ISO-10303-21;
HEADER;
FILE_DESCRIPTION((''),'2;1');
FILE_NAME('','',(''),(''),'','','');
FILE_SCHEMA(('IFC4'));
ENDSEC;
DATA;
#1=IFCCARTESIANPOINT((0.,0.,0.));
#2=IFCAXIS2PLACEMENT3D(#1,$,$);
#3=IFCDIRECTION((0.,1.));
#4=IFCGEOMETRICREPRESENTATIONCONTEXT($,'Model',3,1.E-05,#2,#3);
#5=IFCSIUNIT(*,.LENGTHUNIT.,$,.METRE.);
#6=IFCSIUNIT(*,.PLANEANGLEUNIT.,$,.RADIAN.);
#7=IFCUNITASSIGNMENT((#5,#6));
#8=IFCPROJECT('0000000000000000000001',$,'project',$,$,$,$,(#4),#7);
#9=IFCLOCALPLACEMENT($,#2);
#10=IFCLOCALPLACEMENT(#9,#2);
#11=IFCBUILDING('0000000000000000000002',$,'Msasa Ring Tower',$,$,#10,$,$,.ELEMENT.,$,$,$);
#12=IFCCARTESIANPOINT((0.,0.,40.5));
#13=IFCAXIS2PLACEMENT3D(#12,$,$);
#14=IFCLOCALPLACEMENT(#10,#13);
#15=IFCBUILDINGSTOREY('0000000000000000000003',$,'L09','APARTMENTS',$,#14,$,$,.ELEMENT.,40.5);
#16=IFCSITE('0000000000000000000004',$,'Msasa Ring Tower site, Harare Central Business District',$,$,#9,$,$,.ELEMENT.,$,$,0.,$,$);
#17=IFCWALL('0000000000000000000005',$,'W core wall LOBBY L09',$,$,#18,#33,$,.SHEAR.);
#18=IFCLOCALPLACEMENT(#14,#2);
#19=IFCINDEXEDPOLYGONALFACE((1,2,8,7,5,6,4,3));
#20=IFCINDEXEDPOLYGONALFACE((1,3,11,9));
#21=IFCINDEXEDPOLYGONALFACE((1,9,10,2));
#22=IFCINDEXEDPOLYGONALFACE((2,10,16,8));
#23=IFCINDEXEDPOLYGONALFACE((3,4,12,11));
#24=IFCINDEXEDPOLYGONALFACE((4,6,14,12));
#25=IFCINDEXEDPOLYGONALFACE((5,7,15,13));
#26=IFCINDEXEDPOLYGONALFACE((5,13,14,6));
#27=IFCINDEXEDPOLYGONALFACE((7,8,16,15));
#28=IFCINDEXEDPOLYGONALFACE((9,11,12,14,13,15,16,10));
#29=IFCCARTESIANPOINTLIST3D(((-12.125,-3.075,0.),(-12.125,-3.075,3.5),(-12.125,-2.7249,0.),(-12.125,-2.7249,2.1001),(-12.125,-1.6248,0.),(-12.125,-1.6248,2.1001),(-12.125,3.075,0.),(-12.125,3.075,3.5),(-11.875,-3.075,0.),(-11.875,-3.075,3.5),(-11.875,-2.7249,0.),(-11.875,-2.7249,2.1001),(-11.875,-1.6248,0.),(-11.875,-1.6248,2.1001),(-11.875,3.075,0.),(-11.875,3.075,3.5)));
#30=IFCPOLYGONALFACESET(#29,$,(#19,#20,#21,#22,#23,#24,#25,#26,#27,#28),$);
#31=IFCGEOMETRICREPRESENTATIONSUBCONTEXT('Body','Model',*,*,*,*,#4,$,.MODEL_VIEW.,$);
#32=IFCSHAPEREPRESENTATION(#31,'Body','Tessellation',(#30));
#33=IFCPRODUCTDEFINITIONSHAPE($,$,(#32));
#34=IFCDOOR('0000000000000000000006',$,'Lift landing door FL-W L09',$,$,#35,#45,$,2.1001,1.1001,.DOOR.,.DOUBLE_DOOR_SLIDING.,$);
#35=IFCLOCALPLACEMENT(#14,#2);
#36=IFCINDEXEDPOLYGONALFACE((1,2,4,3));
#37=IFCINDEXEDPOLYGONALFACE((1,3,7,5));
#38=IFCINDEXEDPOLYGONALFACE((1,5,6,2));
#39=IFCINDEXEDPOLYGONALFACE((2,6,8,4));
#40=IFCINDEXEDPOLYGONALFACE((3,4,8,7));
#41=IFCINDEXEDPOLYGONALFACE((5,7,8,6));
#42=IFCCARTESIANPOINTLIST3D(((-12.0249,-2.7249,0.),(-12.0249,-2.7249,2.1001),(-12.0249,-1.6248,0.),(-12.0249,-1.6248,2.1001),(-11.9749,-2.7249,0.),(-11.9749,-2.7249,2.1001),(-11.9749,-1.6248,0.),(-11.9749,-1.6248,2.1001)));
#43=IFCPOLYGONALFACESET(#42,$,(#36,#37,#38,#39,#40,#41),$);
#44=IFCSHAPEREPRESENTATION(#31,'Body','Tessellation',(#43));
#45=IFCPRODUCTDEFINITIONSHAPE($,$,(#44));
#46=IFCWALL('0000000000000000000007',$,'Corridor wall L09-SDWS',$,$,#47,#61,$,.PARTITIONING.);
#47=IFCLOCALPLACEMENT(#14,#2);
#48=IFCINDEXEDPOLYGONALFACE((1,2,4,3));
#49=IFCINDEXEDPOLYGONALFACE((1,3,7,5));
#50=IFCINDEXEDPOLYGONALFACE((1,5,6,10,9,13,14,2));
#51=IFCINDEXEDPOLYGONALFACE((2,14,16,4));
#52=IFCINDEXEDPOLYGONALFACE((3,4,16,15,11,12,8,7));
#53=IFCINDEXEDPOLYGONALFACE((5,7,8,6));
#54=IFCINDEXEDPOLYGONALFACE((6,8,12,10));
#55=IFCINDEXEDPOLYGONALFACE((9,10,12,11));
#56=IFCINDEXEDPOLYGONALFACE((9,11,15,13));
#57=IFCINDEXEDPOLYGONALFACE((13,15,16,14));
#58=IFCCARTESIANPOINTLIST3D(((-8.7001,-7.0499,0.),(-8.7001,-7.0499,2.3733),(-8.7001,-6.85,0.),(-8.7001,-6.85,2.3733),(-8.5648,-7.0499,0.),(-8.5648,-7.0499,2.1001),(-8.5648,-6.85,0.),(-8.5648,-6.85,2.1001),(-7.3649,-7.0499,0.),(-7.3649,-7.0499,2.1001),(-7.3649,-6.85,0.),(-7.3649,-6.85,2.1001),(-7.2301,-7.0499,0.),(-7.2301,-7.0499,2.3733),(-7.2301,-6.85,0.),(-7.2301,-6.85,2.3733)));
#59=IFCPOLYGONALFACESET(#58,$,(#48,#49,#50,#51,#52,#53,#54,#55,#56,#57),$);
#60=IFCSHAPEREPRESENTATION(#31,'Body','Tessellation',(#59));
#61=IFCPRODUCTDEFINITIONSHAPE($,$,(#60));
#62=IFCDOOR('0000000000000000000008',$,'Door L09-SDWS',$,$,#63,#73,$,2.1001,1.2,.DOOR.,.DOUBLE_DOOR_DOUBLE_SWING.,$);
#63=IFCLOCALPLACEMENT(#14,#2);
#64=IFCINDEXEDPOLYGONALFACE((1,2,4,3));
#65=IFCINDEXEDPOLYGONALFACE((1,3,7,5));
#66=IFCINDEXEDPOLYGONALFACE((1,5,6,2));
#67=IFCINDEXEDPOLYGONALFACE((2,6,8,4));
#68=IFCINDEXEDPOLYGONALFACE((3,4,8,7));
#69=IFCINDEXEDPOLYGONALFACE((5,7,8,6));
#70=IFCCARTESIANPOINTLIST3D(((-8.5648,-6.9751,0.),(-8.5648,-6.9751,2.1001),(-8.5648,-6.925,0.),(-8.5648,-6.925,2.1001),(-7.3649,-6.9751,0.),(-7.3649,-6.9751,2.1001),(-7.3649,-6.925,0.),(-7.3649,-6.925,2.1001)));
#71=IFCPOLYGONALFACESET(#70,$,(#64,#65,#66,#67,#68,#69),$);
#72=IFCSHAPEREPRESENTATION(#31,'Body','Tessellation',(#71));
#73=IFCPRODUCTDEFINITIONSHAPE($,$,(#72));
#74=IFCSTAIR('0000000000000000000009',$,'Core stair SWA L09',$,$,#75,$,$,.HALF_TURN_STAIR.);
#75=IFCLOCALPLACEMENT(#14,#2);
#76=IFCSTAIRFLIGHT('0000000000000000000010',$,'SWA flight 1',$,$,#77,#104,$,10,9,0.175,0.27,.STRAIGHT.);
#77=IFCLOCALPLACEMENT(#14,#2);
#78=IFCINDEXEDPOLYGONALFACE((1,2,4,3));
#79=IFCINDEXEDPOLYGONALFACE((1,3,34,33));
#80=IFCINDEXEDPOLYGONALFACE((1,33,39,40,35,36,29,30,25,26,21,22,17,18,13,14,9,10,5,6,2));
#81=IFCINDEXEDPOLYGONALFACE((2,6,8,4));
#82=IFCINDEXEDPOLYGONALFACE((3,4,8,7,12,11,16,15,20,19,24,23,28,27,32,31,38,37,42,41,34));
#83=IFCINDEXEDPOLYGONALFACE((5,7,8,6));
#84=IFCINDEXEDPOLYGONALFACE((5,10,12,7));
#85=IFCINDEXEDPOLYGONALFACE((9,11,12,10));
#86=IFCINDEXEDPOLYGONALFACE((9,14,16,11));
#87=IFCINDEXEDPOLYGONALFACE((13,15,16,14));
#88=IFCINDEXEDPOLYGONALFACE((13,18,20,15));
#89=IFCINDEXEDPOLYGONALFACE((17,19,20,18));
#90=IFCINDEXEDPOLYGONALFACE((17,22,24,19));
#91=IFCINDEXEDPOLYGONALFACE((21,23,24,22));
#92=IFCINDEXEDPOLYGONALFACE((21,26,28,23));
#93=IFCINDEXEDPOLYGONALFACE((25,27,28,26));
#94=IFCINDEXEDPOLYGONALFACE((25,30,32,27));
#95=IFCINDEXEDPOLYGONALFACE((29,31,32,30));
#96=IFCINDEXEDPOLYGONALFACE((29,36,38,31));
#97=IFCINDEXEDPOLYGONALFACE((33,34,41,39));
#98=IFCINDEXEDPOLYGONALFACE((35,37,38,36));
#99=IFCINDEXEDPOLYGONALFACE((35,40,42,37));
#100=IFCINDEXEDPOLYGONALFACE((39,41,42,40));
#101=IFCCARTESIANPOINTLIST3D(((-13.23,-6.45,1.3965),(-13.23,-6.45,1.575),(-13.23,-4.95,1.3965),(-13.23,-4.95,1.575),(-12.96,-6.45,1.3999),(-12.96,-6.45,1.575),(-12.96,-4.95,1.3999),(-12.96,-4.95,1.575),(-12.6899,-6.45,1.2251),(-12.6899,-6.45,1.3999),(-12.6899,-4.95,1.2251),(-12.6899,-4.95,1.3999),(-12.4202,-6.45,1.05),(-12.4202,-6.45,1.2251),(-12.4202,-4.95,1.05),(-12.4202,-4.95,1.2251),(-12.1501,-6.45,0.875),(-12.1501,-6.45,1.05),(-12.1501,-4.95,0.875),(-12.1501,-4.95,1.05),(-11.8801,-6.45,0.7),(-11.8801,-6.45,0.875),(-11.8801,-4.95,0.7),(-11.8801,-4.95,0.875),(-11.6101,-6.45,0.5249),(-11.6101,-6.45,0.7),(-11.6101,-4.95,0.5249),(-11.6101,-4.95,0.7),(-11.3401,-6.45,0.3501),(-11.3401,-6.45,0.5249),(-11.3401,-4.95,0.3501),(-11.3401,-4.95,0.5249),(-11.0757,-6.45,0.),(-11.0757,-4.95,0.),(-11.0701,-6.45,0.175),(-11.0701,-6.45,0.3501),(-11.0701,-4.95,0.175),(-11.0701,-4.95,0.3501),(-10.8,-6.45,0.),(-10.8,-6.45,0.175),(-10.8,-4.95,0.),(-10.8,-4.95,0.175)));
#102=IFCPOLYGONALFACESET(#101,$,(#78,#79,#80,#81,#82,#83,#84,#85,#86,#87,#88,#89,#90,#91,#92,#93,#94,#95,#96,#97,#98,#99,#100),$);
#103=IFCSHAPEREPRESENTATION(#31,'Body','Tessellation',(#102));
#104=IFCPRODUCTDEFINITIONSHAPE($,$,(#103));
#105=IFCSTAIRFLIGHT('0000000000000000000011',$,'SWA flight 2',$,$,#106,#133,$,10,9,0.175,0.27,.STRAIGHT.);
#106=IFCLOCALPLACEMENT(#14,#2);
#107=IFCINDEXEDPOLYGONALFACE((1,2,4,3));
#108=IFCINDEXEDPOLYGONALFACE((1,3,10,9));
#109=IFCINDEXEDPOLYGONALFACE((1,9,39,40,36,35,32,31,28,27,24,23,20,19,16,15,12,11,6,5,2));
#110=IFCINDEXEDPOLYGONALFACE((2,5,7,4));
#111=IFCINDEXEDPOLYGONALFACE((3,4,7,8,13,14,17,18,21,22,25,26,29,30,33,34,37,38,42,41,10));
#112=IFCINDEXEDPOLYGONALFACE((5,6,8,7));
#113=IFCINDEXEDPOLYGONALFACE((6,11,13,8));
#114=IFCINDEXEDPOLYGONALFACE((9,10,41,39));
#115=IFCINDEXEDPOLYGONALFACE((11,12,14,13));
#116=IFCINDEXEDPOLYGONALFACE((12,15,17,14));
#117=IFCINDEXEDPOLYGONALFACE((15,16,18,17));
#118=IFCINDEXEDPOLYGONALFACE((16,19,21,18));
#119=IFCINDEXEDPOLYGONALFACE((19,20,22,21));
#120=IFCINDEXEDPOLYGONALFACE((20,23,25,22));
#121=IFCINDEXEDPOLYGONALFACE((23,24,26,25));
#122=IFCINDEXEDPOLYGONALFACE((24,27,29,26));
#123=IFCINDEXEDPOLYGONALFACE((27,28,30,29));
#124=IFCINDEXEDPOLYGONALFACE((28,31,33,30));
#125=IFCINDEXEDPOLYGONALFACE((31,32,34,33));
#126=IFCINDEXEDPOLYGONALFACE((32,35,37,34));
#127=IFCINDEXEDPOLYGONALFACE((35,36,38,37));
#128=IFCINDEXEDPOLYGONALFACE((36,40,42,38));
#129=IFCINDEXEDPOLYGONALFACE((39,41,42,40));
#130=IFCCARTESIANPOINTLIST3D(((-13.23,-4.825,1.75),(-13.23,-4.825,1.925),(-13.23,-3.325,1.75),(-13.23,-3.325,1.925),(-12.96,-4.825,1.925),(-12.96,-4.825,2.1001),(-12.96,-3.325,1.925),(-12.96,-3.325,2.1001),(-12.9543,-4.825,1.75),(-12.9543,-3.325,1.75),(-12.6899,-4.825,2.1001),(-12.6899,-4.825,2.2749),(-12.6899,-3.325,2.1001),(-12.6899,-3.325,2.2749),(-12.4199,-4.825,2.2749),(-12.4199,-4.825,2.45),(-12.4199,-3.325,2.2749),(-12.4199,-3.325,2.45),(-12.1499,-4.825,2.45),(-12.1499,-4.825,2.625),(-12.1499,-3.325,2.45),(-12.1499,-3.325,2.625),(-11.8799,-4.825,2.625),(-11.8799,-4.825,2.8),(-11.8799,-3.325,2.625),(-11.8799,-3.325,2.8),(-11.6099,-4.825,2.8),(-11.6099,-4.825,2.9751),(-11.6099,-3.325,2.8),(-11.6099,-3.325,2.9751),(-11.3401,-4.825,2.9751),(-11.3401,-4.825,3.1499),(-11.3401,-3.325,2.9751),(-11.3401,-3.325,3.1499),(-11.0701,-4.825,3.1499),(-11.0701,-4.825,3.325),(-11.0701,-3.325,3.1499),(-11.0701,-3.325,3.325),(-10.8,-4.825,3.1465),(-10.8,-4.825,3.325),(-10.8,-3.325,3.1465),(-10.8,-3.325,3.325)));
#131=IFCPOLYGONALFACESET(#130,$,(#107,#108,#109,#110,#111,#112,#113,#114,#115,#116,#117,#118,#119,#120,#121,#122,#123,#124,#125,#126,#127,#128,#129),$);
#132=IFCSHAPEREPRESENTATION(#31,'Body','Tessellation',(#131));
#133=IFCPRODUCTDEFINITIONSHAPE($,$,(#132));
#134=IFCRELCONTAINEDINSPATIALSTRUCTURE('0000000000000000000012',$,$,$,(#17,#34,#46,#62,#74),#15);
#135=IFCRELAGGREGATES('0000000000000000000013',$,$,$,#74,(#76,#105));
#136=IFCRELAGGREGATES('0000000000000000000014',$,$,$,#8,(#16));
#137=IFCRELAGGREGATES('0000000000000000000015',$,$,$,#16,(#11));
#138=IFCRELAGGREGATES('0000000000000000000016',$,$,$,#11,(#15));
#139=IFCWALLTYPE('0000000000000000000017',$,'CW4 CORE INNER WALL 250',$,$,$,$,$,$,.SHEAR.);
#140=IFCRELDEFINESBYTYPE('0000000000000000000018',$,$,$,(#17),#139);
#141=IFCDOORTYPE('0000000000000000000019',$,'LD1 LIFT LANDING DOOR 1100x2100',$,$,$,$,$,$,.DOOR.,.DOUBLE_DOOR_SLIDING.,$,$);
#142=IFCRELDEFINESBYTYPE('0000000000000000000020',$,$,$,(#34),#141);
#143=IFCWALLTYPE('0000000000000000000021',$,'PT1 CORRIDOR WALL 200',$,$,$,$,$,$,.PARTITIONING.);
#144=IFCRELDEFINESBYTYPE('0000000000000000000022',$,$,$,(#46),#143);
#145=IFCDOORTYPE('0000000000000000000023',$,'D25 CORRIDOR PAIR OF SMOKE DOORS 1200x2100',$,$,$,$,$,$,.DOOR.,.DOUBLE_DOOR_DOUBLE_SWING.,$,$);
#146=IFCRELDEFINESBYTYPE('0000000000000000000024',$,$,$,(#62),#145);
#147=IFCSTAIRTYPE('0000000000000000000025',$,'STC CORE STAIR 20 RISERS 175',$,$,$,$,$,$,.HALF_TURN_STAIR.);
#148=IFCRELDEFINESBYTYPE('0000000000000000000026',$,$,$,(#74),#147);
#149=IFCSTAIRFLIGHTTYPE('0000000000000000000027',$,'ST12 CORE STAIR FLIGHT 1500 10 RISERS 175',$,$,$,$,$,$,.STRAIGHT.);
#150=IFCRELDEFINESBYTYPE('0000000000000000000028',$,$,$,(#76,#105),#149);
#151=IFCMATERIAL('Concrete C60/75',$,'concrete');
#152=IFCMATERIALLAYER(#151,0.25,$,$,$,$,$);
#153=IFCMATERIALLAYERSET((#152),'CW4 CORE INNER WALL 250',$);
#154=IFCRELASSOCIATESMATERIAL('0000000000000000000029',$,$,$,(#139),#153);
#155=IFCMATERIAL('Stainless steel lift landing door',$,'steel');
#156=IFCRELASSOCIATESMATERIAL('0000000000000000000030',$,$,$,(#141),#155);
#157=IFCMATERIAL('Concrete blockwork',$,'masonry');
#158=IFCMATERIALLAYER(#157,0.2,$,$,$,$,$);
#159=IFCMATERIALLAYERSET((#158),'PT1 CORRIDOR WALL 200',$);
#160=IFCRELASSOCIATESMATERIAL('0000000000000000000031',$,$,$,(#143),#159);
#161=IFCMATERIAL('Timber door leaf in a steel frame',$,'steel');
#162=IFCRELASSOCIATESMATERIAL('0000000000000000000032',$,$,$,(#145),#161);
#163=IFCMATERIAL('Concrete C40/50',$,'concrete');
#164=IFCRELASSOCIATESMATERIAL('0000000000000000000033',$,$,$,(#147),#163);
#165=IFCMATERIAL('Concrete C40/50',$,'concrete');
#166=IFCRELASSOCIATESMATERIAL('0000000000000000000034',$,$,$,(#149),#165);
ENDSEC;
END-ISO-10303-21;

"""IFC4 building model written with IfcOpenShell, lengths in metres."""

from ifc_helpers import new_model, si_unit, direction, frame, frame_2d, origin, place, context, subcontext, project, spatial, polyline, rectangle, outline, extrude, material, layer, layer_set, type_object, element, fill, aggregate, save


model = new_model("IFC4")

# Units and contexts
model_context = context("Model", 3, precision=1e-05, world=origin(), true_north=direction((0.0, 1.0)))
body_context = subcontext(model_context, "Body", "Model", "MODEL_VIEW")
ifc_project = project(units=[si_unit("LENGTHUNIT", "METRE"), si_unit("PLANEANGLEUNIT", "RADIAN")], contexts=[model_context])

# Site, building, storey
site_placement = place(None, origin())
site = spatial("IfcSite", under=ifc_project, at=site_placement, Name="Msasa Ring Tower site, Harare Central Business District", CompositionType="ELEMENT", RefElevation=0.0)
building_placement = place(site_placement, origin())
building = spatial("IfcBuilding", under=site, at=building_placement, Name="Msasa Ring Tower", CompositionType="ELEMENT")
storey_placement = place(building_placement, frame((0.0, 0.0, 40.5)))
storey = spatial("IfcBuildingStorey", under=building, at=storey_placement, Name="L09", Description="APARTMENTS", CompositionType="ELEMENT", Elevation=40.5)

# Walls, openings, doors
ifc_material_1 = material(Name="Concrete C60/75", Category="concrete")
ifc_layer_1 = layer(ifc_material_1, 0.25)
ifc_layer_set_1 = layer_set([ifc_layer_1], Name="CW4 CORE INNER WALL 250")
wall_type_1 = type_object("IfcWallType", Name="CW4 CORE INNER WALL 250", PredefinedType="SHEAR", material=ifc_layer_set_1)
wall_1_placement = place(storey_placement, frame((-12.0, -3.075, 0.0), z_axis=(0.0, 0.0, 1.0), x_axis=(0.0, 1.0, 0.0)))
wall_1 = element("IfcWall", 1, at=wall_1_placement, inside=storey, type_object=wall_type_1, Name="W core wall LOBBY L09", PredefinedType="SHEAR", context=body_context, shape_type="SweptSolid", body=[
    extrude(rectangle(XDim=6.1499, YDim=0.25, at=frame_2d((3.075, 0.0))), origin(), (0.0, 0.0, 1.0), 3.5),
])
opening_1_placement = place(wall_1_placement, frame((0.3501, 0.0, 0.0)))
opening_1 = element("IfcOpeningElement", 2, at=opening_1_placement, cuts=wall_1, PredefinedType="OPENING", context=body_context, shape_type="SweptSolid", body=[
    extrude(rectangle(XDim=1.1001, YDim=2.1001, at=frame_2d((0.55, 1.05))), frame((0.0, 0.135, 0.0), z_axis=(0.0, -1.0, 0.0), x_axis=(1.0, 0.0, 0.0)), (0.0, 0.0, 1.0), 0.27),
])
ifc_material_2 = material(Name="Stainless steel lift landing door", Category="steel")
door_type_1 = type_object("IfcDoorType", Name="LD1 LIFT LANDING DOOR 1100x2100", OperationType="DOUBLE_DOOR_SLIDING", PredefinedType="DOOR", material=ifc_material_2)
door_1_placement = place(opening_1_placement, origin())
door_1 = element("IfcDoor", 3, at=door_1_placement, inside=storey, type_object=door_type_1, Name="Lift landing door FL-W L09", OperationType="DOUBLE_DOOR_SLIDING", OverallHeight=2.1001, OverallWidth=1.1001, PredefinedType="DOOR", context=body_context, shape_type="SweptSolid", body=[
    extrude(rectangle(XDim=1.1001, YDim=2.1001, at=frame_2d((0.55, 1.05))), frame((0.0, 0.0249, 0.0), z_axis=(0.0, -1.0, 0.0), x_axis=(1.0, 0.0, 0.0)), (0.0, 0.0, 1.0), 0.05),
])
fill(opening_1, door_1)
ifc_material_3 = material(Name="Concrete blockwork", Category="masonry")
ifc_layer_2 = layer(ifc_material_3, 0.2)
ifc_layer_set_2 = layer_set([ifc_layer_2], Name="PT1 CORRIDOR WALL 200")
wall_type_2 = type_object("IfcWallType", Name="PT1 CORRIDOR WALL 200", PredefinedType="PARTITIONING", material=ifc_layer_set_2)
wall_2_placement = place(storey_placement, frame((-8.7, -6.95, 0.0), z_axis=(0.0, 0.0, 1.0), x_axis=(1.0, 0.0, 0.0)))
wall_2 = element("IfcWall", 4, at=wall_2_placement, inside=storey, type_object=wall_type_2, Name="Corridor wall L09-SDWS", PredefinedType="PARTITIONING", context=body_context, shape_type="SweptSolid", body=[
    extrude(rectangle(XDim=1.47, YDim=0.2, at=frame_2d((0.7349, 0.0))), origin(), (0.0, 0.0, 1.0), 2.3733),
])
opening_2_placement = place(wall_2_placement, frame((0.135, 0.0, 0.0)))
opening_2 = element("IfcOpeningElement", 5, at=opening_2_placement, cuts=wall_2, PredefinedType="OPENING", context=body_context, shape_type="SweptSolid", body=[
    extrude(rectangle(XDim=1.2, YDim=2.1001, at=frame_2d((0.6001, 1.05))), frame((0.0, 0.1099, 0.0), z_axis=(0.0, -1.0, 0.0), x_axis=(1.0, 0.0, 0.0)), (0.0, 0.0, 1.0), 0.22),
])
ifc_material_4 = material(Name="Timber door leaf in a steel frame", Category="steel")
door_type_2 = type_object("IfcDoorType", Name="D25 CORRIDOR PAIR OF SMOKE DOORS 1200x2100", OperationType="DOUBLE_DOOR_DOUBLE_SWING", PredefinedType="DOOR", material=ifc_material_4)
door_2_placement = place(opening_2_placement, origin())
door_2 = element("IfcDoor", 6, at=door_2_placement, inside=storey, type_object=door_type_2, Name="Door L09-SDWS", OperationType="DOUBLE_DOOR_DOUBLE_SWING", OverallHeight=2.1001, OverallWidth=1.2, PredefinedType="DOOR", context=body_context, shape_type="SweptSolid", body=[
    extrude(rectangle(XDim=1.2, YDim=2.1001, at=frame_2d((0.6001, 1.05))), frame((0.0, 0.0249, 0.0), z_axis=(0.0, -1.0, 0.0), x_axis=(1.0, 0.0, 0.0)), (0.0, 0.0, 1.0), 0.05),
])
fill(opening_2, door_2)

# Stair, stair flights
ifc_material_5 = material(Name="Concrete C40/50", Category="concrete")
stair_type = type_object("IfcStairType", Name="STC CORE STAIR 20 RISERS 175", PredefinedType="HALF_TURN_STAIR", material=ifc_material_5)
stair_placement = place(storey_placement, origin())
stair = element("IfcStair", 7, at=stair_placement, inside=storey, type_object=stair_type, Name="Core stair SWA L09", PredefinedType="HALF_TURN_STAIR")
ifc_material_6 = material(Name="Concrete C40/50", Category="concrete")
stair_flight_type = type_object("IfcStairFlightType", Name="ST12 CORE STAIR FLIGHT 1500 10 RISERS 175", PredefinedType="STRAIGHT", material=ifc_material_6)
stair_flight_1_placement = place(storey_placement, frame((-10.8, -5.7, 0.0), z_axis=(0.0, 0.0, 1.0), x_axis=(-1.0, 0.0, 0.0)))
stair_flight_1 = element("IfcStairFlight", 8, at=stair_flight_1_placement, type_object=stair_flight_type, Name="SWA flight 1", NumberOfRisers=10, NumberOfTreads=9, PredefinedType="STRAIGHT", RiserHeight=0.175, TreadLength=0.27, context=body_context, shape_type="SweptSolid", body=[
    extrude(outline(polyline([(0.0, 0.0), (0.0, 0.175), (0.27, 0.175), (0.27, 0.3501), (0.54, 0.3501), (0.54, 0.5249), (0.8101, 0.5249), (0.8101, 0.7), (1.0801, 0.7), (1.0801, 0.875), (1.3501, 0.875), (1.3501, 1.05), (1.6201, 1.05), (1.6201, 1.2251), (1.8899, 1.2251), (1.8899, 1.3999), (2.1599, 1.3999), (2.1599, 1.575), (2.4299, 1.575), (2.4299, 1.75), (2.4299, 1.3965), (0.2756, 0.0), (0.0, 0.0)])), frame((0.0, 0.75, 0.0), z_axis=(0.0, -1.0, 0.0), x_axis=(1.0, 0.0, 0.0)), (0.0, 0.0, 1.0), 1.5),
])
stair_flight_2_placement = place(storey_placement, frame((-13.23, -4.075, 1.75), z_axis=(0.0, 0.0, 1.0), x_axis=(1.0, 0.0, 0.0)))
stair_flight_2 = element("IfcStairFlight", 9, at=stair_flight_2_placement, type_object=stair_flight_type, Name="SWA flight 2", NumberOfRisers=10, NumberOfTreads=9, PredefinedType="STRAIGHT", RiserHeight=0.175, TreadLength=0.27, context=body_context, shape_type="SweptSolid", body=[
    extrude(outline(polyline([(0.0, 0.0), (0.0, 0.175), (0.27, 0.175), (0.27, 0.3501), (0.54, 0.3501), (0.54, 0.5249), (0.8101, 0.5249), (0.8101, 0.7), (1.0801, 0.7), (1.0801, 0.875), (1.3501, 0.875), (1.3501, 1.05), (1.6201, 1.05), (1.6201, 1.2251), (1.8899, 1.2251), (1.8899, 1.3999), (2.1599, 1.3999), (2.1599, 1.575), (2.4299, 1.575), (2.4299, 1.75), (2.4299, 1.3965), (0.2756, 0.0), (0.0, 0.0)])), frame((0.0, 0.75, 0.0), z_axis=(0.0, -1.0, 0.0), x_axis=(1.0, 0.0, 0.0)), (0.0, 0.0, 1.0), 1.5),
])
aggregate(stair, [stair_flight_1, stair_flight_2])

save(model, "model.ifc")
